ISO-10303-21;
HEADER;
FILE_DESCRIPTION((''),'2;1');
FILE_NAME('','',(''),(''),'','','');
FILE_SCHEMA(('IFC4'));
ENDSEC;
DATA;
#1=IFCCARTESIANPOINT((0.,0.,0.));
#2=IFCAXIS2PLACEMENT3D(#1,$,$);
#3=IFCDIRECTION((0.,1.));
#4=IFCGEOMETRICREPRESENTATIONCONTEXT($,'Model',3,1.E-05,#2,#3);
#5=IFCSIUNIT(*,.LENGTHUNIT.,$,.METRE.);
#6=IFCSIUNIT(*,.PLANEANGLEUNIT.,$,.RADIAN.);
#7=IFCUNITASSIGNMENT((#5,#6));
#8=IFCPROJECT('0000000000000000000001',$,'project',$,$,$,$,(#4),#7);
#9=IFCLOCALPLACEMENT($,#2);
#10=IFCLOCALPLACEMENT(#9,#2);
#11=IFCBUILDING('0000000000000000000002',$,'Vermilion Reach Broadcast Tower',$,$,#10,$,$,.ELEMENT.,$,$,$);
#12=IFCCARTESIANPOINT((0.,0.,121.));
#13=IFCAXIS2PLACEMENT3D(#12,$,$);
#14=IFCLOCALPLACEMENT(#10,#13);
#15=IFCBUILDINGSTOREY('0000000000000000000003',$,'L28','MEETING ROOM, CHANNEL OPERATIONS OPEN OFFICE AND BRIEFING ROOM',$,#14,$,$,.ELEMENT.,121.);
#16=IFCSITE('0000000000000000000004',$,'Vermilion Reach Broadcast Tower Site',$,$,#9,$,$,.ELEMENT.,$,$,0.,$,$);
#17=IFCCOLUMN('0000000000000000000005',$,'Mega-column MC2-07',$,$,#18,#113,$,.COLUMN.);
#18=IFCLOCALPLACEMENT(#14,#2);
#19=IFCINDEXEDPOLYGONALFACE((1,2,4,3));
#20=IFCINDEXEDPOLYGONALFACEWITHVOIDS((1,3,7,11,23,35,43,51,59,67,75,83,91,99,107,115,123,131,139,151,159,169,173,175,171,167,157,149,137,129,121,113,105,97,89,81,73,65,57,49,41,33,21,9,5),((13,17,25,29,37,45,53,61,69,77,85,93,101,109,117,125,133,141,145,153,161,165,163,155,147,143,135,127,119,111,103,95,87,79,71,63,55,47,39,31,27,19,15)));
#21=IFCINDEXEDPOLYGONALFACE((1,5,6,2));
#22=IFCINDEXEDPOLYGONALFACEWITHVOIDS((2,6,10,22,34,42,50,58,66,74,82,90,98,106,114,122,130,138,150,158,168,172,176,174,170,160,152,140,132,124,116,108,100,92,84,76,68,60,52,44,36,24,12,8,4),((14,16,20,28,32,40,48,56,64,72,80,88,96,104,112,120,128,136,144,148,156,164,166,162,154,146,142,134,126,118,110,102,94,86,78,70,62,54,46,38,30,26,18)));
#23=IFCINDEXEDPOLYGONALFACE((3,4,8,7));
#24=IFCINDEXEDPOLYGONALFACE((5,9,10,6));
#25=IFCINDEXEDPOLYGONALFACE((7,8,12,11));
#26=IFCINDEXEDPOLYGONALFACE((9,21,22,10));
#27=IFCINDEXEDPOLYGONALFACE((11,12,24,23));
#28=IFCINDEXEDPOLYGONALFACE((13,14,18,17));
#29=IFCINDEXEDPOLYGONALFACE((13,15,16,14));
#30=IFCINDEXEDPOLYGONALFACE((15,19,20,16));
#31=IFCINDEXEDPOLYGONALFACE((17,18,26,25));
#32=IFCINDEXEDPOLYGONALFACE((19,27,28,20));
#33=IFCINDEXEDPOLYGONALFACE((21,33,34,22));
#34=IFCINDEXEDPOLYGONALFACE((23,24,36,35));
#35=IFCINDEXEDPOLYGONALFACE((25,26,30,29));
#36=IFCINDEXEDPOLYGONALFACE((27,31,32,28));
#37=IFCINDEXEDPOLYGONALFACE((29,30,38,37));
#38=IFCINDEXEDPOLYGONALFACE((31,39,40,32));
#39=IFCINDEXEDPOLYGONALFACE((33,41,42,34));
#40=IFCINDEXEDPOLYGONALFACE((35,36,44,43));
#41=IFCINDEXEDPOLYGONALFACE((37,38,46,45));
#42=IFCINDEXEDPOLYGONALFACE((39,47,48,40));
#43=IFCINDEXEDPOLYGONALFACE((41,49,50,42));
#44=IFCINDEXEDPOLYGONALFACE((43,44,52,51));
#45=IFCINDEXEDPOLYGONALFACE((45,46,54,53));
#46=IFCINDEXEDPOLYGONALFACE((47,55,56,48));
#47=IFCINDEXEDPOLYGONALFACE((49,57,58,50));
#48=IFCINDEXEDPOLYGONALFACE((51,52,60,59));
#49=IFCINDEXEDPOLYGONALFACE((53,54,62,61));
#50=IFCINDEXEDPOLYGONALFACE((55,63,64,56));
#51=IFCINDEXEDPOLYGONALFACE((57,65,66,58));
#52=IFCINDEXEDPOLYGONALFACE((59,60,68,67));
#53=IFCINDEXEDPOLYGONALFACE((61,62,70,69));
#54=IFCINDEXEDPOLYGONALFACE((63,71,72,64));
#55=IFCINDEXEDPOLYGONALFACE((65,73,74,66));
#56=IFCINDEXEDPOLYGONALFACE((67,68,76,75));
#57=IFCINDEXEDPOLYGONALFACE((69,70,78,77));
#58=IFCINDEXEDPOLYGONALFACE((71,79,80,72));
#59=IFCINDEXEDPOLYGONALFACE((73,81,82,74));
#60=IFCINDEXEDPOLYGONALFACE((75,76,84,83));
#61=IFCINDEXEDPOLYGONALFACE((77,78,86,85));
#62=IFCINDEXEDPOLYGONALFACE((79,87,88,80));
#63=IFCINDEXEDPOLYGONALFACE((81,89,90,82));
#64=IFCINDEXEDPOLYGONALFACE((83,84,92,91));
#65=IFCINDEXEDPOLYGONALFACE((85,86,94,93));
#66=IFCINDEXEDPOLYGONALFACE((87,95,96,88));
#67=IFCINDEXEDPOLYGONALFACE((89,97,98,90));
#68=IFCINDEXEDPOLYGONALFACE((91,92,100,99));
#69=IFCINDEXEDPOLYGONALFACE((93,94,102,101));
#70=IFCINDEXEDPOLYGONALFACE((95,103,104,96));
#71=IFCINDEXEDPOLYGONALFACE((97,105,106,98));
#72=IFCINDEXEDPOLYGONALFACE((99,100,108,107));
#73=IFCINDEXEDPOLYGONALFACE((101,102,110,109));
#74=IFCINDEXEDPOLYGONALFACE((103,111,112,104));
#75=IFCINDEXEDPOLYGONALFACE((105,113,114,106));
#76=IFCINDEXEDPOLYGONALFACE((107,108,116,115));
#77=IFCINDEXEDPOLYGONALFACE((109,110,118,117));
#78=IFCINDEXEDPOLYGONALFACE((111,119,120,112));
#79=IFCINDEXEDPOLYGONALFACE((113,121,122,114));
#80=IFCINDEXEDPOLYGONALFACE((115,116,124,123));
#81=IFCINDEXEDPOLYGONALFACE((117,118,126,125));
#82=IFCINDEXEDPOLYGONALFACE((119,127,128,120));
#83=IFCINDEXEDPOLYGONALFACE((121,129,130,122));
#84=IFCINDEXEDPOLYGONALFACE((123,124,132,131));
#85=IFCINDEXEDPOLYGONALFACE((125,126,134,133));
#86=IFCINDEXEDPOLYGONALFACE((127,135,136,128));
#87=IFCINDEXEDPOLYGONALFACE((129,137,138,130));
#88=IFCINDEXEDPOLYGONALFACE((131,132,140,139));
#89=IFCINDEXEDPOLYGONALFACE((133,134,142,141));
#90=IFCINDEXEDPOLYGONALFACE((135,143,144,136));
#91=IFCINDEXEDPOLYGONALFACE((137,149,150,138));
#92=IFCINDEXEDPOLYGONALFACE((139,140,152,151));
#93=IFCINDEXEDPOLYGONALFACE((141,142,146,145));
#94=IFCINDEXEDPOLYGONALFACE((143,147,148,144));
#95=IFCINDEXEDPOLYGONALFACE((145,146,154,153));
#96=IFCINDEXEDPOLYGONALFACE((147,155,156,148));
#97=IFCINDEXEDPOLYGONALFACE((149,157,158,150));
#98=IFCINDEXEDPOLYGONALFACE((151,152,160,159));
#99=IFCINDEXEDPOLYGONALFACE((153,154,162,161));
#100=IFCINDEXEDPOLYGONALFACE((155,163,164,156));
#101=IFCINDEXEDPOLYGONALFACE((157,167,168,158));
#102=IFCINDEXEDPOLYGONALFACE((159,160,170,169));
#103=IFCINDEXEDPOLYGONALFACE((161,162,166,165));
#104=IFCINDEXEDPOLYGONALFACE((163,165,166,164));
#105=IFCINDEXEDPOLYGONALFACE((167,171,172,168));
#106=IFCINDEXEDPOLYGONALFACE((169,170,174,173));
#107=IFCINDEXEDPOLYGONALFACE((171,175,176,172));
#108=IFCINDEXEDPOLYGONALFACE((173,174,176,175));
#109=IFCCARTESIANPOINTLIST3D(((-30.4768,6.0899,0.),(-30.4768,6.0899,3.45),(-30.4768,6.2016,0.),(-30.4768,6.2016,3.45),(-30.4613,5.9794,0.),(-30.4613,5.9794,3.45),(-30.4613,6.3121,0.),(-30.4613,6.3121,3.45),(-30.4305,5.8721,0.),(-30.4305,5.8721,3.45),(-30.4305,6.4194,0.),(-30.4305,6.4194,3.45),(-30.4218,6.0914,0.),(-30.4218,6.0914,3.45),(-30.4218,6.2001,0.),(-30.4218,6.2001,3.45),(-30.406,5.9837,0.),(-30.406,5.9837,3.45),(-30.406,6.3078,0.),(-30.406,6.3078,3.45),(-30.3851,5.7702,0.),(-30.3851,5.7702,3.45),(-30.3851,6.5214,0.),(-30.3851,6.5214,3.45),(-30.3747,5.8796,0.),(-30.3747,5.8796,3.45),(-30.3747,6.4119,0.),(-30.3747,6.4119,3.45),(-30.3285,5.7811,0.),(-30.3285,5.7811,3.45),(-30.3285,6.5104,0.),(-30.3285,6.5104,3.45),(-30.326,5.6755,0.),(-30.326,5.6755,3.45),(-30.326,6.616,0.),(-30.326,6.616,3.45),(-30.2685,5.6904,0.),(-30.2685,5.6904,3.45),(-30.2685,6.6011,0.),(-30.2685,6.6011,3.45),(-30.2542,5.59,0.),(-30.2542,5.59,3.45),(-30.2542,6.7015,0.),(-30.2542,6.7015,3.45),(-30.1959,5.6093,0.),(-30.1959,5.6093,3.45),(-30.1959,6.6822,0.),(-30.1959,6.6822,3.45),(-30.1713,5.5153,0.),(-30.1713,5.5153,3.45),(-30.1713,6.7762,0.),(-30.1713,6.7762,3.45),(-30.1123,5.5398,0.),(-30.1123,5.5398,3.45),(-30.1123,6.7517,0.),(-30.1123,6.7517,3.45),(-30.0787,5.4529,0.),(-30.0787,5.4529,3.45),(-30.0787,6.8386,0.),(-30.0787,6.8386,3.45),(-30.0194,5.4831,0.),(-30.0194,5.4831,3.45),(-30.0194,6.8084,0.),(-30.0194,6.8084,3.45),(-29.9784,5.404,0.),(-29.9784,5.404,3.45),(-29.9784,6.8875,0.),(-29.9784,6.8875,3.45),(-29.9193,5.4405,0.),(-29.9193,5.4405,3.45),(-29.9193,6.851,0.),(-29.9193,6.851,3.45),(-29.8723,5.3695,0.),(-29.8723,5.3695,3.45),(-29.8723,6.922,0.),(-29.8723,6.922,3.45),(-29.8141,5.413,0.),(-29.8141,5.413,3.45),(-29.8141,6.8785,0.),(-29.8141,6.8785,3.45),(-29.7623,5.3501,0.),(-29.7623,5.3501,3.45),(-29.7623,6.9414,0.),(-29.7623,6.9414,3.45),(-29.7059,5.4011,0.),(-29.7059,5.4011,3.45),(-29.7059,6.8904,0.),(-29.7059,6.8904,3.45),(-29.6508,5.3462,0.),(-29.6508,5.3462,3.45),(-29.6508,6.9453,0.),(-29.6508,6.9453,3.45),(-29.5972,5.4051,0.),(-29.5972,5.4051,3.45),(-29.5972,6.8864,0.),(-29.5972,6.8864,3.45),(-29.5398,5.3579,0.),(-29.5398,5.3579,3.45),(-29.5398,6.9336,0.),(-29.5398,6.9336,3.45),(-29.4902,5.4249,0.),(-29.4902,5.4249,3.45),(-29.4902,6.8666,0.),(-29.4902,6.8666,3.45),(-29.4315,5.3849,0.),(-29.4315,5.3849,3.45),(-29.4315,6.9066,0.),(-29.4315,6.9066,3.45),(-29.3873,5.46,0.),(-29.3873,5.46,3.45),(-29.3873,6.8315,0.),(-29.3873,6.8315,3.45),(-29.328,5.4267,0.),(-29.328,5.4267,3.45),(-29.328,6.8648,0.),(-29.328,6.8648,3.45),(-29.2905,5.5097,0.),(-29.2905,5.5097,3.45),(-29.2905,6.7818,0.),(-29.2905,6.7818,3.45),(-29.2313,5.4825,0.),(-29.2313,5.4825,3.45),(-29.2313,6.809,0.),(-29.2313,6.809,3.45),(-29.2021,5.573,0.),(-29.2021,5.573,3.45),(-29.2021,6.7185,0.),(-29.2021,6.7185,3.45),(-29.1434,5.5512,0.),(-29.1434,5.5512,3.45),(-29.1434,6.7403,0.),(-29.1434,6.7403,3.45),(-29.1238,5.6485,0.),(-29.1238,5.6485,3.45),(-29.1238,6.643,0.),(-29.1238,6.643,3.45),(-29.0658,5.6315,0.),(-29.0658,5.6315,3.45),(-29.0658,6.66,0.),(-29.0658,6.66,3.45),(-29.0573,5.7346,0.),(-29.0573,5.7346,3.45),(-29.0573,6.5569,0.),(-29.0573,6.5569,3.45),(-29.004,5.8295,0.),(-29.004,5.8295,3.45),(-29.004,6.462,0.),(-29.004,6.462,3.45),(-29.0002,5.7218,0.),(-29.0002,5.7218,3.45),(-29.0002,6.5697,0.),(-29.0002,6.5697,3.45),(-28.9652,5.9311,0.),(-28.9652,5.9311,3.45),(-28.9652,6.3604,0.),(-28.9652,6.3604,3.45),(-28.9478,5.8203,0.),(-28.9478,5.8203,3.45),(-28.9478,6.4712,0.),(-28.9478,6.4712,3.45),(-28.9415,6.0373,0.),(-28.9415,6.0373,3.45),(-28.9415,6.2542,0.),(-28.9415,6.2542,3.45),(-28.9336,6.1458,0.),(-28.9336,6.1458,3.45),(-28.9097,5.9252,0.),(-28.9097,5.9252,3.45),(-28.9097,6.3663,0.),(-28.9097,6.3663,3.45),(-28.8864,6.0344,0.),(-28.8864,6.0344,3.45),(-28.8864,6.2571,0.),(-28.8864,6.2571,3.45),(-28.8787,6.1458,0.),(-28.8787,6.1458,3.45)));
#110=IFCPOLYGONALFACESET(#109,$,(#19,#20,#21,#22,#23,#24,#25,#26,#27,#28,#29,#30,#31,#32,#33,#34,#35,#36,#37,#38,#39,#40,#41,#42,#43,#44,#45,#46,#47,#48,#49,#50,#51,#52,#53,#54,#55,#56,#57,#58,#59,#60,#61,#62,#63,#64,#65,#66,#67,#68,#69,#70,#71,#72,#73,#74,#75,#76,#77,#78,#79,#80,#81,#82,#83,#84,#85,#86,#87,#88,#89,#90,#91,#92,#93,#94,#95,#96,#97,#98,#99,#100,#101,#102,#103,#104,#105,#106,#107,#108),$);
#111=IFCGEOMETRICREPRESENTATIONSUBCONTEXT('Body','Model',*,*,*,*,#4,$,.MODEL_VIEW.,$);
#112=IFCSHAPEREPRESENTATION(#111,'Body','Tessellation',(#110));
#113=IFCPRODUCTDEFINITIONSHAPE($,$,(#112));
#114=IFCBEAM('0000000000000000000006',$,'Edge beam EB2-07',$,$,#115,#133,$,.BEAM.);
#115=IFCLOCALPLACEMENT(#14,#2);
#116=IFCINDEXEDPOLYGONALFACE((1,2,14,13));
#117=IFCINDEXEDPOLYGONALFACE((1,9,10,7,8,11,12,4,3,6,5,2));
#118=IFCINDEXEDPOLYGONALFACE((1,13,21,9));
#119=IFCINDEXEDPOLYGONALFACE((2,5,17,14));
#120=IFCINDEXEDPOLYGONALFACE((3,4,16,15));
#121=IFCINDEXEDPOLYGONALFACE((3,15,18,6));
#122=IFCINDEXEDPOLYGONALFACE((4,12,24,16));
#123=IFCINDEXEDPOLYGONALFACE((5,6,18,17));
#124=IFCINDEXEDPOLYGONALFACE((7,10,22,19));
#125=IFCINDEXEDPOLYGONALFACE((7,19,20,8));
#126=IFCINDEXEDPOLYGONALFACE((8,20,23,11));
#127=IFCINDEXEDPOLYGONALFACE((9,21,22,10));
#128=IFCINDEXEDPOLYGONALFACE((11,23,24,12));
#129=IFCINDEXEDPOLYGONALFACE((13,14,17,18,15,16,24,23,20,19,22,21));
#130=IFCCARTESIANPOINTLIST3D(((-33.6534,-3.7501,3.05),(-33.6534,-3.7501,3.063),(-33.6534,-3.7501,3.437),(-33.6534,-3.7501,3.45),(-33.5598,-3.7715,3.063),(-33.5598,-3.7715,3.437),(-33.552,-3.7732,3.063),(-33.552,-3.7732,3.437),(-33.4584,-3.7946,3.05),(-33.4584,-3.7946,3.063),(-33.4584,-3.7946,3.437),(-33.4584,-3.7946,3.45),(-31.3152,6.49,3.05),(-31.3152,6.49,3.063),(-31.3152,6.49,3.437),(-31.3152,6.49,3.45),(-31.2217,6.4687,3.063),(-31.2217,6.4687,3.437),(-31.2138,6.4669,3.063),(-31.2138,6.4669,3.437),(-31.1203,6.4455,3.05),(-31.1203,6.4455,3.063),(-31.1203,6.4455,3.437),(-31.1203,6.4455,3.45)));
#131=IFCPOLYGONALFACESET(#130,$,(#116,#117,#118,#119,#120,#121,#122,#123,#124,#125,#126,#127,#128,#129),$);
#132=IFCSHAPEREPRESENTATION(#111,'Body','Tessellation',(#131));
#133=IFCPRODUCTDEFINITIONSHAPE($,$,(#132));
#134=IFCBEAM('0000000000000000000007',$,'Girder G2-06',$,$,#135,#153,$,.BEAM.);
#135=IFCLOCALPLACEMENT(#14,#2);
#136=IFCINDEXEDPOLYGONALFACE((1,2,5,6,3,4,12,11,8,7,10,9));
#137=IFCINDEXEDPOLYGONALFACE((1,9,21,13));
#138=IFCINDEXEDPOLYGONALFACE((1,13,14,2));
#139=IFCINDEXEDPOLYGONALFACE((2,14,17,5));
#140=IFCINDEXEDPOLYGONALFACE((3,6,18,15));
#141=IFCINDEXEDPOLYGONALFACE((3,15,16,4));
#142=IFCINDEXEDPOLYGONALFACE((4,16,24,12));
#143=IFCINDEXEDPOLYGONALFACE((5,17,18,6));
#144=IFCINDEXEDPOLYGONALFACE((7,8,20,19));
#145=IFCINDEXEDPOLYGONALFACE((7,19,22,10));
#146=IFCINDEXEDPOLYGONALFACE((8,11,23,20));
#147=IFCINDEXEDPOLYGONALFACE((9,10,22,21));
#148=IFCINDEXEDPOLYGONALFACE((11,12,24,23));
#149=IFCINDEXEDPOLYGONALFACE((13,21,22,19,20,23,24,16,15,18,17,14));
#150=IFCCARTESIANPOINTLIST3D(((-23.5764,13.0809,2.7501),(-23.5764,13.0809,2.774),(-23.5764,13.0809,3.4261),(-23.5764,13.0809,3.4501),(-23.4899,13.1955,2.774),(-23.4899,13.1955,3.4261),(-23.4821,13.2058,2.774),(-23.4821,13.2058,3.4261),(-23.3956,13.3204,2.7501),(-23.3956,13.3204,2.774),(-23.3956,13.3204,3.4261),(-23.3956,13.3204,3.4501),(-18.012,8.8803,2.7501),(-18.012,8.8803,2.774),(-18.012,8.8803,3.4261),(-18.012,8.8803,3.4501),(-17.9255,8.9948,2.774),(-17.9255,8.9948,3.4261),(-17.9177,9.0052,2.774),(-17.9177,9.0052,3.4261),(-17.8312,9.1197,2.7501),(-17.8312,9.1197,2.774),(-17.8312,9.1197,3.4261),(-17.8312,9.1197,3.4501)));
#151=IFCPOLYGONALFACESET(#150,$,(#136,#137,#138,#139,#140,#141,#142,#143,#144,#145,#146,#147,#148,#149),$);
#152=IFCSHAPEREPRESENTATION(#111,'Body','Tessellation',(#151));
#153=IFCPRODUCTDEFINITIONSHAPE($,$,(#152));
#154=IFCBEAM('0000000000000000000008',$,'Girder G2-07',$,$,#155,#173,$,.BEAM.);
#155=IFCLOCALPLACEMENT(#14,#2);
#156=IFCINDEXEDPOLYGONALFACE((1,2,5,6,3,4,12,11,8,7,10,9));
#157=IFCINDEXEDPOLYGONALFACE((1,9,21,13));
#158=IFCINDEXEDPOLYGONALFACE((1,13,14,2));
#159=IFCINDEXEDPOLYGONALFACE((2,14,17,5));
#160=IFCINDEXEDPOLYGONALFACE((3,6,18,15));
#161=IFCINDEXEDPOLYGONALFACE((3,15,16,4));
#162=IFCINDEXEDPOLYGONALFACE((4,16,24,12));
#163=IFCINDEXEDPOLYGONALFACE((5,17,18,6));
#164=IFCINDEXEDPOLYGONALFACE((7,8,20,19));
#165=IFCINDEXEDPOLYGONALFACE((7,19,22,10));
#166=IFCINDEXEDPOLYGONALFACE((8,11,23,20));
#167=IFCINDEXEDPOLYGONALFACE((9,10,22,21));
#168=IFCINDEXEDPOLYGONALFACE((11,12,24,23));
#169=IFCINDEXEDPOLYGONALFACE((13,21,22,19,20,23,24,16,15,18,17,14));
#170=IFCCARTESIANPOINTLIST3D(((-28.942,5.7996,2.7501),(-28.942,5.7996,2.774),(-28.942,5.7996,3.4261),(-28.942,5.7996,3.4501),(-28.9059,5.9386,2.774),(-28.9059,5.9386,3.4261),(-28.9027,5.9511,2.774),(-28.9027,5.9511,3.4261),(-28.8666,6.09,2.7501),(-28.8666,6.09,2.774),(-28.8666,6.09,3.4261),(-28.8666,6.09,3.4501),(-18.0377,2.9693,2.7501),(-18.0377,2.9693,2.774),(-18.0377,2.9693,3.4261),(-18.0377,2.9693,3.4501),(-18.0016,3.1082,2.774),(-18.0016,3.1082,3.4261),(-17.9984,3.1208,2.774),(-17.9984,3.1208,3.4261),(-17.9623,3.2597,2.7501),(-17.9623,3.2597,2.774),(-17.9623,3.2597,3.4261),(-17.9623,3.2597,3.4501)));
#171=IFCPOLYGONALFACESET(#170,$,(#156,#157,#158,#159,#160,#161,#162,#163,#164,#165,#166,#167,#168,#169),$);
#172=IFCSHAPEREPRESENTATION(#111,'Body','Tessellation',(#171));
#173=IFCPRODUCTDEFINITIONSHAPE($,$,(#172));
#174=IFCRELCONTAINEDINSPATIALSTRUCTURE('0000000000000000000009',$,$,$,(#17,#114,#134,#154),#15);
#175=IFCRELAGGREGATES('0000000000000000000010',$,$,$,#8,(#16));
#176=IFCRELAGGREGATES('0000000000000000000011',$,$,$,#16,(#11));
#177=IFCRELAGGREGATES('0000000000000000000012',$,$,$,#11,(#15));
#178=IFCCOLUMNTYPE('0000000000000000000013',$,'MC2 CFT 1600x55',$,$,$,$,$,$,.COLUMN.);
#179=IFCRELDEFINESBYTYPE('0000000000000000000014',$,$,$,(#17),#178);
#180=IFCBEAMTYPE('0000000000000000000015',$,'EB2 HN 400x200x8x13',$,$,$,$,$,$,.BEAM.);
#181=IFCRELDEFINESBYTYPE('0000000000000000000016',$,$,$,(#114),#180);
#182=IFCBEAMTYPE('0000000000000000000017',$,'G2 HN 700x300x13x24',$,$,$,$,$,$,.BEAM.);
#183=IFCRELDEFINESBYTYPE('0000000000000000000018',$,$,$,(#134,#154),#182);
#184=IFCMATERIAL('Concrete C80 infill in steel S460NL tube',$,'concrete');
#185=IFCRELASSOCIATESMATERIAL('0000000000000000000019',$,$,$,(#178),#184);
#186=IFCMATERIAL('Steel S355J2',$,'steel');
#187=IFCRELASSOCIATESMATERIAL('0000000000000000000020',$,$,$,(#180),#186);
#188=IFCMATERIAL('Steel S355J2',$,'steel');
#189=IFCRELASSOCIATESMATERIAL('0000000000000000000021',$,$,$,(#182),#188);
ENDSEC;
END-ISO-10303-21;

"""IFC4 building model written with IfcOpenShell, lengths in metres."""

from ifc_helpers import new_model, si_unit, direction, frame, origin, origin_2d, place, context, subcontext, project, spatial, hollow_circle, i_section, extrude, material, material_profile, profile_set, type_object, element, save


model = new_model("IFC4")

# Units and contexts
model_context = context("Model", 3, precision=1e-05, world=origin(), true_north=direction((0.0, 1.0)))
body_context = subcontext(model_context, "Body", "Model", "MODEL_VIEW")
ifc_project = project(units=[si_unit("LENGTHUNIT", "METRE"), si_unit("PLANEANGLEUNIT", "RADIAN")], contexts=[model_context])

# Site, building, storey
site_placement = place(None, origin())
site = spatial("IfcSite", under=ifc_project, at=site_placement, Name="Vermilion Reach Broadcast Tower Site", CompositionType="ELEMENT", RefElevation=0.0)
building_placement = place(site_placement, origin())
building = spatial("IfcBuilding", under=site, at=building_placement, Name="Vermilion Reach Broadcast Tower", CompositionType="ELEMENT")
storey_placement = place(building_placement, frame((0.0, 0.0, 121.0)))
storey = spatial("IfcBuildingStorey", under=building, at=storey_placement, Name="L28", Description="MEETING ROOM, CHANNEL OPERATIONS OPEN OFFICE AND BRIEFING ROOM", CompositionType="ELEMENT", Elevation=121.0)

# Column
ifc_material_1 = material(Name="Concrete C80 infill in steel S460NL tube", Category="concrete")
ifc_material_profile_1 = material_profile(ifc_material_1, hollow_circle(Radius=0.8, WallThickness=0.0549, at=origin_2d()), Name="Concrete C80 infill in steel S460NL tube CFT 1600x55")
ifc_profile_set_1 = profile_set([ifc_material_profile_1], Name="Concrete C80 infill in steel S460NL tube")
column_type = type_object("IfcColumnType", Name="MC2 CFT 1600x55", PredefinedType="COLUMN", material=ifc_profile_set_1)
column_placement = place(storey_placement, frame((-29.6787, 6.1458, 0.0), z_axis=(0.0, 0.0, 1.0), x_axis=(1.0, 0.0, 0.0)))
element("IfcColumn", 1, at=column_placement, inside=storey, type_object=column_type, Name="Mega-column MC2-07", PredefinedType="COLUMN", context=body_context, shape_type="SweptSolid", body=[
    extrude(hollow_circle(Radius=0.8, WallThickness=0.0549, at=origin_2d()), origin(), (0.0, 0.0, 1.0), 3.45),
])

# Beams
ifc_material_2 = material(Name="Steel S355J2", Category="steel")
ifc_material_profile_2 = material_profile(ifc_material_2, i_section(OverallWidth=0.2, OverallDepth=0.3999, WebThickness=0.0081, FlangeThickness=0.0129, at=origin_2d()), Name="S355J2 HN 400x200x8x13")
ifc_profile_set_2 = profile_set([ifc_material_profile_2], Name="Steel S355J2")
beam_type_1 = type_object("IfcBeamType", Name="EB2 HN 400x200x8x13", PredefinedType="BEAM", material=ifc_profile_set_2)
beam_1_placement = place(storey_placement, frame((-31.2178, 6.4678, 3.25), z_axis=(-0.222599, -0.97491, 0.0), x_axis=(0.97491, -0.222599, 0.0)))
element("IfcBeam", 2, at=beam_1_placement, inside=storey, type_object=beam_type_1, Name="Edge beam EB2-07", PredefinedType="BEAM", context=body_context, shape_type="SweptSolid", body=[
    extrude(i_section(OverallWidth=0.2, OverallDepth=0.3999, WebThickness=0.0081, FlangeThickness=0.0129, at=origin_2d()), origin(), (0.0, 0.0, 1.0), 10.5037),
])
ifc_material_3 = material(Name="Steel S355J2", Category="steel")
ifc_material_profile_3 = material_profile(ifc_material_3, i_section(OverallWidth=0.3, OverallDepth=0.7, WebThickness=0.0129, FlangeThickness=0.0239, at=origin_2d()), Name="S355J2 HN 700x300x13x24")
ifc_profile_set_3 = profile_set([ifc_material_profile_3], Name="Steel S355J2")
beam_type_2 = type_object("IfcBeamType", Name="G2 HN 700x300x13x24", PredefinedType="BEAM", material=ifc_profile_set_3)
beam_2_placement = place(storey_placement, frame((-17.9216, 9.0, 3.1001), z_axis=(-0.798114, 0.602507, 0.0), x_axis=(-0.602507, -0.798114, 0.0)))
element("IfcBeam", 3, at=beam_2_placement, inside=storey, type_object=beam_type_2, Name="Girder G2-06", PredefinedType="BEAM", context=body_context, shape_type="SweptSolid", body=[
    extrude(i_section(OverallWidth=0.3, OverallDepth=0.7, WebThickness=0.0129, FlangeThickness=0.0239, at=origin_2d()), origin(), (0.0, 0.0, 1.0), 6.9719),
])
beam_3_placement = place(storey_placement, frame((-18.0, 3.1145, 3.1001), z_axis=(-0.967926, 0.251235, 0.0), x_axis=(-0.251235, -0.967926, 0.0)))
element("IfcBeam", 4, at=beam_3_placement, inside=storey, type_object=beam_type_2, Name="Girder G2-07", PredefinedType="BEAM", context=body_context, shape_type="SweptSolid", body=[
    extrude(i_section(OverallWidth=0.3, OverallDepth=0.7, WebThickness=0.0129, FlangeThickness=0.0239, at=origin_2d()), origin(), (0.0, 0.0, 1.0), 11.2656),
])

save(model, "model.ifc")
